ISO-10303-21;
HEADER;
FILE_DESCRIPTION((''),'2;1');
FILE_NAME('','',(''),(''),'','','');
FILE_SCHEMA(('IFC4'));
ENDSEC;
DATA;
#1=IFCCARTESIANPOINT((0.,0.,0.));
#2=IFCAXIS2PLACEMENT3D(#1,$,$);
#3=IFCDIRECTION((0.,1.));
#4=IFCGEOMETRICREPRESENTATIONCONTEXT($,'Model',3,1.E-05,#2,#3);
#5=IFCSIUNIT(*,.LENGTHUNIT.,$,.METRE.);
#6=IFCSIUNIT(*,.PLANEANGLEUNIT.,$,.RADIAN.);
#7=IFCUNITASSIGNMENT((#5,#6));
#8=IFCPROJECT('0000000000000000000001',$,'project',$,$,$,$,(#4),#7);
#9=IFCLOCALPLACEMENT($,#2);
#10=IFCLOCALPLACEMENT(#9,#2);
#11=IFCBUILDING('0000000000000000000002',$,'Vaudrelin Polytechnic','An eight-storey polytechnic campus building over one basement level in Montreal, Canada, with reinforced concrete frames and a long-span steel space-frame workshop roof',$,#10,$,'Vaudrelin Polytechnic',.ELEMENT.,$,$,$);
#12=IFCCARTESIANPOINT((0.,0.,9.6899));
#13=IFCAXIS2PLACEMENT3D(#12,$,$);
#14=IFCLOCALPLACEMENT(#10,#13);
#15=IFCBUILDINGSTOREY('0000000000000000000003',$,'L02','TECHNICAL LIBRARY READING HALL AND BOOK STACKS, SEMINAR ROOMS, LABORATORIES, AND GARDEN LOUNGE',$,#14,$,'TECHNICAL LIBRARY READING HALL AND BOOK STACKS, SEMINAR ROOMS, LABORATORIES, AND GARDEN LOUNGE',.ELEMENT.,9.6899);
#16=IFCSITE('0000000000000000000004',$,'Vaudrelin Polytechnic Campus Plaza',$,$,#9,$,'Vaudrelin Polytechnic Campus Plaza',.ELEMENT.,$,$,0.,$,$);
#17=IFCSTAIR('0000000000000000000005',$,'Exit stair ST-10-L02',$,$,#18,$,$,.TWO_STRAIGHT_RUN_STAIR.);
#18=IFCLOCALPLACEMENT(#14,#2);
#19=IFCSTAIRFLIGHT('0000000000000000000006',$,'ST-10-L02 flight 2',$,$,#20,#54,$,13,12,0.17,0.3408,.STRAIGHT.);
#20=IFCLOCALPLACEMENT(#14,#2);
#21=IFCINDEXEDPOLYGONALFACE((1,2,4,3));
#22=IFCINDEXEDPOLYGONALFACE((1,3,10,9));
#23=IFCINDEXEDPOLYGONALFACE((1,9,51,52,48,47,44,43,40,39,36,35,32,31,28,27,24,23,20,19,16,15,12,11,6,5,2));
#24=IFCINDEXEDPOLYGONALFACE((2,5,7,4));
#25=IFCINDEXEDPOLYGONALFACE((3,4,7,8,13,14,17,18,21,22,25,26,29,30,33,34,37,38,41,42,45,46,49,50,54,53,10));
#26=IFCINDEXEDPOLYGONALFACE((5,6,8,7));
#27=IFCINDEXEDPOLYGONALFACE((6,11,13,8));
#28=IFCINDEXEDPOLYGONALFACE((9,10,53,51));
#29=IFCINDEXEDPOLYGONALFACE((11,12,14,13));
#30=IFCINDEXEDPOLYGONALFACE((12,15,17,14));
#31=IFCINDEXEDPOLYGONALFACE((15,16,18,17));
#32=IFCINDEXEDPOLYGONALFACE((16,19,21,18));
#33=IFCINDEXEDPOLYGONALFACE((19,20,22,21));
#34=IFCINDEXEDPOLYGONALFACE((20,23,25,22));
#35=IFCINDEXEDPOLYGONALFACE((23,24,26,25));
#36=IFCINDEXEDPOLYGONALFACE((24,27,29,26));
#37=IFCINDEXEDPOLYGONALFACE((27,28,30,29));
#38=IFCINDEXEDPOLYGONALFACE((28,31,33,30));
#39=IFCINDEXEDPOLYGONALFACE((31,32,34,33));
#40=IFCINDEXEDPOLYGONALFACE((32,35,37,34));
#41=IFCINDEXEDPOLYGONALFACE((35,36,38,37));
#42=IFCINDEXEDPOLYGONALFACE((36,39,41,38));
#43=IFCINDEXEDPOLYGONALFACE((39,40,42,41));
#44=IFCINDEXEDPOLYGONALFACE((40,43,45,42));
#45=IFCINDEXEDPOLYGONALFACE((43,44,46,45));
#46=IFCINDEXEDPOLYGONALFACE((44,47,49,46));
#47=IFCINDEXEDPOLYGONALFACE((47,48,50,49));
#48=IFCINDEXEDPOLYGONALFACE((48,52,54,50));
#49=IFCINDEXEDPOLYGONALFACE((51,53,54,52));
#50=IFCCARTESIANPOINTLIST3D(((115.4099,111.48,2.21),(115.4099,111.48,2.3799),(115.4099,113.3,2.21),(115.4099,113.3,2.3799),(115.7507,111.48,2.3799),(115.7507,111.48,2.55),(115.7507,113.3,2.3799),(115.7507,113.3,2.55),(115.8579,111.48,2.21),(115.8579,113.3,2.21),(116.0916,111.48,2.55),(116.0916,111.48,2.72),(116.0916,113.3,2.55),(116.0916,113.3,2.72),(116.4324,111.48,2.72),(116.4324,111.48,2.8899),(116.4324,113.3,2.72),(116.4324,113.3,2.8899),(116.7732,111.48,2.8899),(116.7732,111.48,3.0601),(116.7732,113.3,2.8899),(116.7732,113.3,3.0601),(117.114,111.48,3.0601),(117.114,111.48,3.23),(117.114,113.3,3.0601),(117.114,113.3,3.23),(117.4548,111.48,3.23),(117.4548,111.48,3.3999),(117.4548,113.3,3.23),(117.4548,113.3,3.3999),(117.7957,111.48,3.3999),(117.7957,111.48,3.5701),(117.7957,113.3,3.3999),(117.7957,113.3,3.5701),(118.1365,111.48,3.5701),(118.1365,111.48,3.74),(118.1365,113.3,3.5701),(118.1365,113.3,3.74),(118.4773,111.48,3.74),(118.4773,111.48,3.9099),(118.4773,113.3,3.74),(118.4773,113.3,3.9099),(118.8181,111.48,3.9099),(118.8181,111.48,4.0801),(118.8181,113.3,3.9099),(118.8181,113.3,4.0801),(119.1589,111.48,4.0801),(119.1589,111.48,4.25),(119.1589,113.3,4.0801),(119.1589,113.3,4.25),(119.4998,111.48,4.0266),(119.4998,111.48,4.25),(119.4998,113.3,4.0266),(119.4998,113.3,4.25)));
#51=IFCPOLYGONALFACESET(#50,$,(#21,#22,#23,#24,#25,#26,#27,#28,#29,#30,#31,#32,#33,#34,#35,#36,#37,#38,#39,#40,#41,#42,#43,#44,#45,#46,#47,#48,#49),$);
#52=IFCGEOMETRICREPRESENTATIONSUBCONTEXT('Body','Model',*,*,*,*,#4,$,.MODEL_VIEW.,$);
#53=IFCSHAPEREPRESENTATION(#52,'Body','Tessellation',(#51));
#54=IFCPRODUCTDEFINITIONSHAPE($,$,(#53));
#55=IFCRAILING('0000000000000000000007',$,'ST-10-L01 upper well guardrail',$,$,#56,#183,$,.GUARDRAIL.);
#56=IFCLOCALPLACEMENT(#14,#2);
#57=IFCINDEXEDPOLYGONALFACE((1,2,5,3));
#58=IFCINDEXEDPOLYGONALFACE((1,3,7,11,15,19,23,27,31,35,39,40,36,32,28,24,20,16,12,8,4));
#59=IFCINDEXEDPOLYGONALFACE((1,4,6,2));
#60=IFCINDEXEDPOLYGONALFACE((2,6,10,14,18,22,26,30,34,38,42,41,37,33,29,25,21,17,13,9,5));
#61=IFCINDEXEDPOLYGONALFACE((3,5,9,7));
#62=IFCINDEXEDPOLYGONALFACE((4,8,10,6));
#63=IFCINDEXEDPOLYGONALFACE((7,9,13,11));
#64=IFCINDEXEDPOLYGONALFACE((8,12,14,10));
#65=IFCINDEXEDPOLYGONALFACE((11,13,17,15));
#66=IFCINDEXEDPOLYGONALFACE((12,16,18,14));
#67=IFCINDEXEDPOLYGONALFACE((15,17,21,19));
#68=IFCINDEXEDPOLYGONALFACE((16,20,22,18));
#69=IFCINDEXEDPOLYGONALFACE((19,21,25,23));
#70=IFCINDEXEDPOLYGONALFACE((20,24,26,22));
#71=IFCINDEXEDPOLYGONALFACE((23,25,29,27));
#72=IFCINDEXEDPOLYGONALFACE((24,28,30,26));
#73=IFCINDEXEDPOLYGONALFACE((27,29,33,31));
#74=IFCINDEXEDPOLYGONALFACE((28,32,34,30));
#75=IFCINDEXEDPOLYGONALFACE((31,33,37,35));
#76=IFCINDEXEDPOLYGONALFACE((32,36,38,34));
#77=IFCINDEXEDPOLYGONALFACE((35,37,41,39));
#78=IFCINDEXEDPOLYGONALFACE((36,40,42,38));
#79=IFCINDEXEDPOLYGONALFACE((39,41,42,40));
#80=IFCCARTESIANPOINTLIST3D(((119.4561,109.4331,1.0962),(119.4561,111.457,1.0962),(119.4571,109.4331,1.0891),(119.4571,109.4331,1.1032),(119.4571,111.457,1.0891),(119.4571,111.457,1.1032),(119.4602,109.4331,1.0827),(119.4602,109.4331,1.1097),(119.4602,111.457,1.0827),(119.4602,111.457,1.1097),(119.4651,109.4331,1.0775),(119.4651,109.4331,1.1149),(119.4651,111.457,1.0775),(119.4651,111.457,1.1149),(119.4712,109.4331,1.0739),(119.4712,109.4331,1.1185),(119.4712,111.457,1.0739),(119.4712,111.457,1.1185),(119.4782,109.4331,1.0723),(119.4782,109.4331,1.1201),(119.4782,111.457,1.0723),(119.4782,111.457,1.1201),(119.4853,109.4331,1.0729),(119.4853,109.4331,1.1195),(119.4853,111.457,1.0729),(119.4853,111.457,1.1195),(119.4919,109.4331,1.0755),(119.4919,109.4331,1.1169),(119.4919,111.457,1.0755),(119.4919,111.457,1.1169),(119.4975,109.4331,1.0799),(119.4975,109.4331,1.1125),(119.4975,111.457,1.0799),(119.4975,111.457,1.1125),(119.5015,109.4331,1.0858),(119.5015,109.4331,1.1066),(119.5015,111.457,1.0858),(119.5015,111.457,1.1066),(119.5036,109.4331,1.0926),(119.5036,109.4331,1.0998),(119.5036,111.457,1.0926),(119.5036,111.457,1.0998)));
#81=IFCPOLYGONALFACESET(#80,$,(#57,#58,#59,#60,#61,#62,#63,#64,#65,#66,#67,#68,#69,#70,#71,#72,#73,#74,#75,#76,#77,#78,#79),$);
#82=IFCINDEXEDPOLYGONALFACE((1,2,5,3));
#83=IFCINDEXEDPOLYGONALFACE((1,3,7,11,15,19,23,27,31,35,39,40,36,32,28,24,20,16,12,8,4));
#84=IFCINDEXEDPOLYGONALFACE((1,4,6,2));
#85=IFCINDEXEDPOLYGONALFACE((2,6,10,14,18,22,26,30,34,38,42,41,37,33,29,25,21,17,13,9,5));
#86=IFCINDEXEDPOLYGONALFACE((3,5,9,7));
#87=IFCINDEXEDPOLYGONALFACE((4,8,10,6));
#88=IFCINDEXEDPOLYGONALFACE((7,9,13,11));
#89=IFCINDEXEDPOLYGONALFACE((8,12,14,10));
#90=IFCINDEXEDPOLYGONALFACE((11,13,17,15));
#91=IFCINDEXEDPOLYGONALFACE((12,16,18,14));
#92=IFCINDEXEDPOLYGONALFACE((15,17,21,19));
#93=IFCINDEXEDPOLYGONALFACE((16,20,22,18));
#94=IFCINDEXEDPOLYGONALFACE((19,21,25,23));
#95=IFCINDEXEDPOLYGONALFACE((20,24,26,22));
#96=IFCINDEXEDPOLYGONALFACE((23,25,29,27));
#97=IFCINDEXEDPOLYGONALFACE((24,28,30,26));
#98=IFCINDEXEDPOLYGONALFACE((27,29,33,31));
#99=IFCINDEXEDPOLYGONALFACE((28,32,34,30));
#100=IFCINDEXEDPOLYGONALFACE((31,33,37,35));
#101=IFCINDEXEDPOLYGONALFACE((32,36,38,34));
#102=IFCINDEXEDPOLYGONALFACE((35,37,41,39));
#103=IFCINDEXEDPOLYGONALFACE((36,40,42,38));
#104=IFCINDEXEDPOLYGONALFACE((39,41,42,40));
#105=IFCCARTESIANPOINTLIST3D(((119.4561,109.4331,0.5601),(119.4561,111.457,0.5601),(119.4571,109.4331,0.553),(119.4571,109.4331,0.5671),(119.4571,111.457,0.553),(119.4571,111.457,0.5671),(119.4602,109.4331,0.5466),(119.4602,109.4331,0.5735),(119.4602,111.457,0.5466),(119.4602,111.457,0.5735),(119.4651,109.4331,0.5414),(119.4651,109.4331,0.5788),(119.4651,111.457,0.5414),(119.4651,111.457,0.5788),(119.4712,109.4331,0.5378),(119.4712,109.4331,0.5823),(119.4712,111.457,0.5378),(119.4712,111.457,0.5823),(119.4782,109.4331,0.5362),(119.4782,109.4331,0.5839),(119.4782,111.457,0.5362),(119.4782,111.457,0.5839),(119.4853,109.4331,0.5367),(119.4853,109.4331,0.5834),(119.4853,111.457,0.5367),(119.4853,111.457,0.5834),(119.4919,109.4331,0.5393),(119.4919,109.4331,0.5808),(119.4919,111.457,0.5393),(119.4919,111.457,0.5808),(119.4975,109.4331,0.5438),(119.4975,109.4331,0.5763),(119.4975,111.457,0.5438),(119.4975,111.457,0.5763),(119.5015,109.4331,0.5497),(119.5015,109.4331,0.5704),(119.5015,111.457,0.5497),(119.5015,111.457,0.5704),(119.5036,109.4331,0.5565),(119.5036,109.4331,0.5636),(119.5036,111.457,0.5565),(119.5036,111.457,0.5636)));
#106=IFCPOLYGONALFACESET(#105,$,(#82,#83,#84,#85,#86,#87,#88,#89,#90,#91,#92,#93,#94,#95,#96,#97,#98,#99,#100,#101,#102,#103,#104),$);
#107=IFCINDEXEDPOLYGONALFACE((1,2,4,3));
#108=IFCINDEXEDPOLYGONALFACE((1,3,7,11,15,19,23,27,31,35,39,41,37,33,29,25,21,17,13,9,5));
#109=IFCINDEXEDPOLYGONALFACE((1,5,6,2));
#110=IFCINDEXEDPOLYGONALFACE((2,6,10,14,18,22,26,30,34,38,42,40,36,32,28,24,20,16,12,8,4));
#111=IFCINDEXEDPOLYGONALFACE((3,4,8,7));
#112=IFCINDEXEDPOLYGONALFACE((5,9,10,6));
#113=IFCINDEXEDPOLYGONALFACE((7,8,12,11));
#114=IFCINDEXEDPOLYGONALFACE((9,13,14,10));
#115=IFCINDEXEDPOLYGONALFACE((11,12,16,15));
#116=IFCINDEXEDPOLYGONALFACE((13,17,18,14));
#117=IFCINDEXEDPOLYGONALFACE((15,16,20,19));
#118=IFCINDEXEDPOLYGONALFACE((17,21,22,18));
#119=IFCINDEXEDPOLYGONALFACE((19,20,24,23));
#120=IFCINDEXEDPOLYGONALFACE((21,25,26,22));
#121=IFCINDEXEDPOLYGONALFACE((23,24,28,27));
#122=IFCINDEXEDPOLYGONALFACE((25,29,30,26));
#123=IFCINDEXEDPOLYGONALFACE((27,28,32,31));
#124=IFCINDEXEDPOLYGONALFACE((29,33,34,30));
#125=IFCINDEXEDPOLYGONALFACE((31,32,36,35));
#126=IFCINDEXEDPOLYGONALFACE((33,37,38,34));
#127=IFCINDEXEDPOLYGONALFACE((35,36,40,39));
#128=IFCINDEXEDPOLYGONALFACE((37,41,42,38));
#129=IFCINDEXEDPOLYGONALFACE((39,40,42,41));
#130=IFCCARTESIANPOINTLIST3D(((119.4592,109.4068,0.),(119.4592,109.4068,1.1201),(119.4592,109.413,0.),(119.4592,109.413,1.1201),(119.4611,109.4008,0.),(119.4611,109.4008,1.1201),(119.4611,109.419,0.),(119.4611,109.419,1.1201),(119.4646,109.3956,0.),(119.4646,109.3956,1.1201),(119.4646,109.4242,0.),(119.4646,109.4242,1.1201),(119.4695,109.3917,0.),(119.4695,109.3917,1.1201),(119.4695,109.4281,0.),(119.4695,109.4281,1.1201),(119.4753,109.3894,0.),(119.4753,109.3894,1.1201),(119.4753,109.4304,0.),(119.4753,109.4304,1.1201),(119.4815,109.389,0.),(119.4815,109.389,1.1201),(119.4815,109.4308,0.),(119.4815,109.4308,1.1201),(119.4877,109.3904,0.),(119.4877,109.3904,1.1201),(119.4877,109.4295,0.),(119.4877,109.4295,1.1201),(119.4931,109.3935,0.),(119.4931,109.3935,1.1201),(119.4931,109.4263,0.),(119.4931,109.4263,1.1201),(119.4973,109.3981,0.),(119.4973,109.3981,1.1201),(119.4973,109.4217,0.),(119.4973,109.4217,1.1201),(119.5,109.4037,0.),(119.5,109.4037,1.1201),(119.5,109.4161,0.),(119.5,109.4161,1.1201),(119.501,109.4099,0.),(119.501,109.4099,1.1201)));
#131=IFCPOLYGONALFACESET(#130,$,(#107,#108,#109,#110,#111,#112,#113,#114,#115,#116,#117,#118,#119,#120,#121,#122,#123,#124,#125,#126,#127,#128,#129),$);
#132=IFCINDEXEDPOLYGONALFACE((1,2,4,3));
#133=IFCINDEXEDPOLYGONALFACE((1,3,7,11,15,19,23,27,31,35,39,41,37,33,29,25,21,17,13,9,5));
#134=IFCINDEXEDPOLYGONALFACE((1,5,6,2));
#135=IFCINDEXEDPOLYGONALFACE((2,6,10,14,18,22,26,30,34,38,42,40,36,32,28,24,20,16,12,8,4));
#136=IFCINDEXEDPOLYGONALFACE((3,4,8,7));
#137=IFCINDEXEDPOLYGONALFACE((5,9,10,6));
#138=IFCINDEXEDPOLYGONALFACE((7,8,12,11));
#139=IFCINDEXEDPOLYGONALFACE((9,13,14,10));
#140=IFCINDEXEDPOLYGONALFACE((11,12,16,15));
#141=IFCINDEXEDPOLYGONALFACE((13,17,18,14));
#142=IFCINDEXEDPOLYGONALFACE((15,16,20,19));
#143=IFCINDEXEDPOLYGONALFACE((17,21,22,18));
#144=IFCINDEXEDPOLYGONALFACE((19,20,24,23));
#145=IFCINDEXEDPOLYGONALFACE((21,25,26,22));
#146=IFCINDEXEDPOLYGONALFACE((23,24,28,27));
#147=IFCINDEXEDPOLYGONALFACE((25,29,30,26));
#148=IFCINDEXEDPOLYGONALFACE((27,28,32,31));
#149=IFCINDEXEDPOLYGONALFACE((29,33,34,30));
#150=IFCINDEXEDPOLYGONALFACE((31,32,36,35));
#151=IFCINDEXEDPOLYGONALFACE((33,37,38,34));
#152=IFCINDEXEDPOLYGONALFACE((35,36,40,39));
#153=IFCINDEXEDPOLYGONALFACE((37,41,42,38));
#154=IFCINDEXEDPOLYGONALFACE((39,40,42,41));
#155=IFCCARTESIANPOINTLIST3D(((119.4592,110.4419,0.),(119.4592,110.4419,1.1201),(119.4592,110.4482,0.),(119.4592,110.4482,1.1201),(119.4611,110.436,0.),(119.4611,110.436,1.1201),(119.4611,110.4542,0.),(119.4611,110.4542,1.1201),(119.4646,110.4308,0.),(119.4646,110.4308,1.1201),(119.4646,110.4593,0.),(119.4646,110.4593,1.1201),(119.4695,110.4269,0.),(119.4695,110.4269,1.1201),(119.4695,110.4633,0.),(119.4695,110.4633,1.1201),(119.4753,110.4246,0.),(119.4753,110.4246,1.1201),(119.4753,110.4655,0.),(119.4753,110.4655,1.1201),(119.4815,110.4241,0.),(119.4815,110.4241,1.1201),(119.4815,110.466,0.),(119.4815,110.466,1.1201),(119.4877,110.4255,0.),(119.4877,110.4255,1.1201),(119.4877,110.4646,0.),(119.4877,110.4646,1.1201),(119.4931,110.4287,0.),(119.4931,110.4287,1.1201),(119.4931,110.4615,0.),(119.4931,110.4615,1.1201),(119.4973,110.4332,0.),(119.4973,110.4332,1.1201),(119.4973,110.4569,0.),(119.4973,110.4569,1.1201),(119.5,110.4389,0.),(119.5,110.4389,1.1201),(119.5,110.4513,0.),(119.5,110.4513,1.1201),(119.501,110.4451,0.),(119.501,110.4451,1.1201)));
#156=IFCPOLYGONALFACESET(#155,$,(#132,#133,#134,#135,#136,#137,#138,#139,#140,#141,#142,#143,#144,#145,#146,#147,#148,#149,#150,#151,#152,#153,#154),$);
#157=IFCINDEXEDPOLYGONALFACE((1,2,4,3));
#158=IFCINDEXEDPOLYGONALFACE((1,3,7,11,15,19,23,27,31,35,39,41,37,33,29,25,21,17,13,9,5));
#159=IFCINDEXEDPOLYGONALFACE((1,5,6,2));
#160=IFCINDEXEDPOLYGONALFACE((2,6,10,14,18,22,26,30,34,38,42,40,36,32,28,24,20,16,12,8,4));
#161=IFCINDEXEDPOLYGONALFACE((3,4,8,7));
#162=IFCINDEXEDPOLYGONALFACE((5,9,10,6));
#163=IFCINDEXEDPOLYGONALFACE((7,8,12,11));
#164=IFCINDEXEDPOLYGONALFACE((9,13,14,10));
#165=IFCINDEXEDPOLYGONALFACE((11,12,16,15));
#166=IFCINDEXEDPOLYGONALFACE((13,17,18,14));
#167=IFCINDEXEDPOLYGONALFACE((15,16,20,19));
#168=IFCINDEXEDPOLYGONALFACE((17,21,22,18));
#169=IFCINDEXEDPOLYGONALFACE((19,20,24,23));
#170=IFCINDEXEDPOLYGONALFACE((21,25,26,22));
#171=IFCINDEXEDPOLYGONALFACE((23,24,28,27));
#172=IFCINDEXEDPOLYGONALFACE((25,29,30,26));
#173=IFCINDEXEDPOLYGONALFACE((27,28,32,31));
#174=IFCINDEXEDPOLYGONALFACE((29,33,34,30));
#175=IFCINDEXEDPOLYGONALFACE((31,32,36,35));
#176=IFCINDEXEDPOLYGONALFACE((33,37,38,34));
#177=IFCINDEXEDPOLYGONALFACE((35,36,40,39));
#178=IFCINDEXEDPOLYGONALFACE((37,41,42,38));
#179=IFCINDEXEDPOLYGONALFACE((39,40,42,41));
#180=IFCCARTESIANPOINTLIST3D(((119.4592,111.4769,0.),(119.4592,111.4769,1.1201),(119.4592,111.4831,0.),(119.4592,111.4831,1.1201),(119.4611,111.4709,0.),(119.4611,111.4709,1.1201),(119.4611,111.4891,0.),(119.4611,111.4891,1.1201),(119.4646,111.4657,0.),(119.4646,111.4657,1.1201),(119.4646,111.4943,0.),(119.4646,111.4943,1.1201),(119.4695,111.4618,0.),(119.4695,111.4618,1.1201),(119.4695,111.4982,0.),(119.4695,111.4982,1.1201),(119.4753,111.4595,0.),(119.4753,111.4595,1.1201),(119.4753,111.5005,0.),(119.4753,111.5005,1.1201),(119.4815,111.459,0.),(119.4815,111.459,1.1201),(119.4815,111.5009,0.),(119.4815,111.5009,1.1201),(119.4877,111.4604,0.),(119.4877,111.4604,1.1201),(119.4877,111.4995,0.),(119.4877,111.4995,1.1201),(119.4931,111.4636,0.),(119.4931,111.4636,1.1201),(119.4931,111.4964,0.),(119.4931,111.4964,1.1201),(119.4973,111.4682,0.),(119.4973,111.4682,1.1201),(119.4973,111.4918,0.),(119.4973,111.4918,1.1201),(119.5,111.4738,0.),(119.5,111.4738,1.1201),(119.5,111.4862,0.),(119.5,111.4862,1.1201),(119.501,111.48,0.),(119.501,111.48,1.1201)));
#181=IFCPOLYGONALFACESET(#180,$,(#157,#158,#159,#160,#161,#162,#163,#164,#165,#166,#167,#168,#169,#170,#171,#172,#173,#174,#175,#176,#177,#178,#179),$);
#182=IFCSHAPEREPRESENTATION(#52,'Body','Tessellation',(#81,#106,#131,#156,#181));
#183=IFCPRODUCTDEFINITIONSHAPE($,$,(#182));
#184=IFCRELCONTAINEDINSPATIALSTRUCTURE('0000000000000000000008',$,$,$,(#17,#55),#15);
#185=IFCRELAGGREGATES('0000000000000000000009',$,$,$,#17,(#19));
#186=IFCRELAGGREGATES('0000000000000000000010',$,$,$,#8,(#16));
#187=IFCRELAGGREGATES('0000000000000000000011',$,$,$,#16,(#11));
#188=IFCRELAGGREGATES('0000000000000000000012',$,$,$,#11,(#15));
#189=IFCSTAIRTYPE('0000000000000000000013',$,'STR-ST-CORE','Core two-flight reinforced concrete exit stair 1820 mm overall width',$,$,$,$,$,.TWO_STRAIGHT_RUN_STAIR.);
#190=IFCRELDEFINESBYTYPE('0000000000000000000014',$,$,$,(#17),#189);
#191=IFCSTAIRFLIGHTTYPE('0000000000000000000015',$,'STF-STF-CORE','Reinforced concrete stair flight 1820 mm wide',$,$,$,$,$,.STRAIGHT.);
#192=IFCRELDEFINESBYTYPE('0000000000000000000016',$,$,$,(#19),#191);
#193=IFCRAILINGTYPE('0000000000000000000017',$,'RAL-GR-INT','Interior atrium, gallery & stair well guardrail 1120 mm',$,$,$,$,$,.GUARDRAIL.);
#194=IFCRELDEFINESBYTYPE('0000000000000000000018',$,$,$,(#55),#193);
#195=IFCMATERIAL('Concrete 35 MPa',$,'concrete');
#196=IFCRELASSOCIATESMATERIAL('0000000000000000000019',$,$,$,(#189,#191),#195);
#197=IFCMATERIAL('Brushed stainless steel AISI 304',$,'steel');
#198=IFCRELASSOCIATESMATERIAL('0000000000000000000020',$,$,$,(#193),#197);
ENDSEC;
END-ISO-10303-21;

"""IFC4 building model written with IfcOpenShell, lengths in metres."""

from ifc_helpers import new_model, si_unit, direction, frame, origin, origin_2d, place, context, subcontext, project, spatial, polyline, circle, outline, extrude, material, type_object, element, aggregate, save


model = new_model("IFC4")

# Units and contexts
model_context = context("Model", 3, precision=1e-05, world=origin(), true_north=direction((0.0, 1.0)))
body_context = subcontext(model_context, "Body", "Model", "MODEL_VIEW")
ifc_project = project(units=[si_unit("LENGTHUNIT", "METRE"), si_unit("PLANEANGLEUNIT", "RADIAN")], contexts=[model_context])

# Site, building, storey
site_placement = place(None, origin())
site = spatial("IfcSite", under=ifc_project, at=site_placement, Name="Vaudrelin Polytechnic Campus Plaza", LongName="Vaudrelin Polytechnic Campus Plaza", CompositionType="ELEMENT", RefElevation=0.0)
building_placement = place(site_placement, origin())
building = spatial("IfcBuilding", under=site, at=building_placement, Name="Vaudrelin Polytechnic", Description="An eight-storey polytechnic campus building over one basement level in Montreal, Canada, with reinforced concrete frames and a long-span steel space-frame workshop roof", LongName="Vaudrelin Polytechnic", CompositionType="ELEMENT")
storey_placement = place(building_placement, frame((0.0, 0.0, 9.6899)))
storey = spatial("IfcBuildingStorey", under=building, at=storey_placement, Name="L02", Description="TECHNICAL LIBRARY READING HALL AND BOOK STACKS, SEMINAR ROOMS, LABORATORIES, AND GARDEN LOUNGE", LongName="TECHNICAL LIBRARY READING HALL AND BOOK STACKS, SEMINAR ROOMS, LABORATORIES, AND GARDEN LOUNGE", CompositionType="ELEMENT", Elevation=9.6899)

# Stair, stair flight
ifc_material_1 = material(Name="Concrete 35 MPa", Category="concrete")
stair_type = type_object("IfcStairType", Name="STR-ST-CORE", Description="Core two-flight reinforced concrete exit stair 1820 mm overall width", PredefinedType="TWO_STRAIGHT_RUN_STAIR", material=ifc_material_1)
stair_placement = place(storey_placement, origin())
stair = element("IfcStair", 1, at=stair_placement, inside=storey, type_object=stair_type, Name="Exit stair ST-10-L02", PredefinedType="TWO_STRAIGHT_RUN_STAIR")
stair_flight_type = type_object("IfcStairFlightType", Name="STF-STF-CORE", Description="Reinforced concrete stair flight 1820 mm wide", PredefinedType="STRAIGHT", material=ifc_material_1)
stair_flight_1_placement = place(storey_placement, frame((115.4099, 112.3899, 2.21), z_axis=(0.0, 0.0, 1.0), x_axis=(1.0, 0.0, 0.0)))
stair_flight_1 = element("IfcStairFlight", 2, at=stair_flight_1_placement, type_object=stair_flight_type, Name="ST-10-L02 flight 2", NumberOfRisers=13, NumberOfTreads=12, PredefinedType="STRAIGHT", RiserHeight=0.17, TreadLength=0.3408, context=body_context, shape_type="SweptSolid", body=[
    extrude(outline(polyline([(0.0, 0.0), (0.0, 0.1699), (0.3408, 0.1699), (0.3408, 0.3401), (0.6816, 0.3401), (0.6816, 0.51), (1.0225, 0.51), (1.0225, 0.6799), (1.3633, 0.6799), (1.3633, 0.8501), (1.7041, 0.8501), (1.7041, 1.02), (2.0449, 1.02), (2.0449, 1.1899), (2.3857, 1.1899), (2.3857, 1.3601), (2.7266, 1.3601), (2.7266, 1.53), (3.0674, 1.53), (3.0674, 1.7), (3.4082, 1.7), (3.4082, 1.8701), (3.749, 1.8701), (3.749, 2.04), (4.0898, 2.04), (4.0898, 2.21), (4.0898, 1.8167), (0.448, 0.0), (0.0, 0.0)])), frame((0.0, 0.9102, 0.0), z_axis=(0.0, -1.0, 0.0), x_axis=(1.0, 0.0, 0.0)), (0.0, 0.0, 1.0), 1.8201),
])
aggregate(stair, [stair_flight_1])

# Railing
ifc_material_2 = material(Name="Brushed stainless steel AISI 304", Category="steel")
railing_type_1 = type_object("IfcRailingType", Name="RAL-GR-INT", Description="Interior atrium, gallery & stair well guardrail 1120 mm", PredefinedType="GUARDRAIL", material=ifc_material_2)
railing_1_placement = place(storey_placement, frame((119.48, 109.4099, 0.0)))
element("IfcRailing", 3, at=railing_1_placement, inside=storey, type_object=railing_type_1, Name="ST-10-L01 upper well guardrail", PredefinedType="GUARDRAIL", context=body_context, shape_type="SweptSolid", body=[
    extrude(circle(Radius=0.0239, at=origin_2d()), frame((0.0, 0.0232, 1.0962), z_axis=(0.0, 1.0, 0.0), x_axis=(-1.0, 0.0, 0.0)), (0.0, 0.0, 1.0), 2.0239),
    extrude(circle(Radius=0.0239, at=origin_2d()), frame((0.0, 0.0232, 0.5601), z_axis=(0.0, 1.0, 0.0), x_axis=(-1.0, 0.0, 0.0)), (0.0, 0.0, 1.0), 2.0239),
    extrude(circle(Radius=0.021, at=origin_2d()), origin(), (0.0, 0.0, 1.0), 1.1201),
    extrude(circle(Radius=0.021, at=origin_2d()), frame((0.0, 1.0352, 0.0)), (0.0, 0.0, 1.0), 1.1201),
    extrude(circle(Radius=0.021, at=origin_2d()), frame((0.0, 2.0701, 0.0)), (0.0, 0.0, 1.0), 1.1201),
])

save(model, "model.ifc")
